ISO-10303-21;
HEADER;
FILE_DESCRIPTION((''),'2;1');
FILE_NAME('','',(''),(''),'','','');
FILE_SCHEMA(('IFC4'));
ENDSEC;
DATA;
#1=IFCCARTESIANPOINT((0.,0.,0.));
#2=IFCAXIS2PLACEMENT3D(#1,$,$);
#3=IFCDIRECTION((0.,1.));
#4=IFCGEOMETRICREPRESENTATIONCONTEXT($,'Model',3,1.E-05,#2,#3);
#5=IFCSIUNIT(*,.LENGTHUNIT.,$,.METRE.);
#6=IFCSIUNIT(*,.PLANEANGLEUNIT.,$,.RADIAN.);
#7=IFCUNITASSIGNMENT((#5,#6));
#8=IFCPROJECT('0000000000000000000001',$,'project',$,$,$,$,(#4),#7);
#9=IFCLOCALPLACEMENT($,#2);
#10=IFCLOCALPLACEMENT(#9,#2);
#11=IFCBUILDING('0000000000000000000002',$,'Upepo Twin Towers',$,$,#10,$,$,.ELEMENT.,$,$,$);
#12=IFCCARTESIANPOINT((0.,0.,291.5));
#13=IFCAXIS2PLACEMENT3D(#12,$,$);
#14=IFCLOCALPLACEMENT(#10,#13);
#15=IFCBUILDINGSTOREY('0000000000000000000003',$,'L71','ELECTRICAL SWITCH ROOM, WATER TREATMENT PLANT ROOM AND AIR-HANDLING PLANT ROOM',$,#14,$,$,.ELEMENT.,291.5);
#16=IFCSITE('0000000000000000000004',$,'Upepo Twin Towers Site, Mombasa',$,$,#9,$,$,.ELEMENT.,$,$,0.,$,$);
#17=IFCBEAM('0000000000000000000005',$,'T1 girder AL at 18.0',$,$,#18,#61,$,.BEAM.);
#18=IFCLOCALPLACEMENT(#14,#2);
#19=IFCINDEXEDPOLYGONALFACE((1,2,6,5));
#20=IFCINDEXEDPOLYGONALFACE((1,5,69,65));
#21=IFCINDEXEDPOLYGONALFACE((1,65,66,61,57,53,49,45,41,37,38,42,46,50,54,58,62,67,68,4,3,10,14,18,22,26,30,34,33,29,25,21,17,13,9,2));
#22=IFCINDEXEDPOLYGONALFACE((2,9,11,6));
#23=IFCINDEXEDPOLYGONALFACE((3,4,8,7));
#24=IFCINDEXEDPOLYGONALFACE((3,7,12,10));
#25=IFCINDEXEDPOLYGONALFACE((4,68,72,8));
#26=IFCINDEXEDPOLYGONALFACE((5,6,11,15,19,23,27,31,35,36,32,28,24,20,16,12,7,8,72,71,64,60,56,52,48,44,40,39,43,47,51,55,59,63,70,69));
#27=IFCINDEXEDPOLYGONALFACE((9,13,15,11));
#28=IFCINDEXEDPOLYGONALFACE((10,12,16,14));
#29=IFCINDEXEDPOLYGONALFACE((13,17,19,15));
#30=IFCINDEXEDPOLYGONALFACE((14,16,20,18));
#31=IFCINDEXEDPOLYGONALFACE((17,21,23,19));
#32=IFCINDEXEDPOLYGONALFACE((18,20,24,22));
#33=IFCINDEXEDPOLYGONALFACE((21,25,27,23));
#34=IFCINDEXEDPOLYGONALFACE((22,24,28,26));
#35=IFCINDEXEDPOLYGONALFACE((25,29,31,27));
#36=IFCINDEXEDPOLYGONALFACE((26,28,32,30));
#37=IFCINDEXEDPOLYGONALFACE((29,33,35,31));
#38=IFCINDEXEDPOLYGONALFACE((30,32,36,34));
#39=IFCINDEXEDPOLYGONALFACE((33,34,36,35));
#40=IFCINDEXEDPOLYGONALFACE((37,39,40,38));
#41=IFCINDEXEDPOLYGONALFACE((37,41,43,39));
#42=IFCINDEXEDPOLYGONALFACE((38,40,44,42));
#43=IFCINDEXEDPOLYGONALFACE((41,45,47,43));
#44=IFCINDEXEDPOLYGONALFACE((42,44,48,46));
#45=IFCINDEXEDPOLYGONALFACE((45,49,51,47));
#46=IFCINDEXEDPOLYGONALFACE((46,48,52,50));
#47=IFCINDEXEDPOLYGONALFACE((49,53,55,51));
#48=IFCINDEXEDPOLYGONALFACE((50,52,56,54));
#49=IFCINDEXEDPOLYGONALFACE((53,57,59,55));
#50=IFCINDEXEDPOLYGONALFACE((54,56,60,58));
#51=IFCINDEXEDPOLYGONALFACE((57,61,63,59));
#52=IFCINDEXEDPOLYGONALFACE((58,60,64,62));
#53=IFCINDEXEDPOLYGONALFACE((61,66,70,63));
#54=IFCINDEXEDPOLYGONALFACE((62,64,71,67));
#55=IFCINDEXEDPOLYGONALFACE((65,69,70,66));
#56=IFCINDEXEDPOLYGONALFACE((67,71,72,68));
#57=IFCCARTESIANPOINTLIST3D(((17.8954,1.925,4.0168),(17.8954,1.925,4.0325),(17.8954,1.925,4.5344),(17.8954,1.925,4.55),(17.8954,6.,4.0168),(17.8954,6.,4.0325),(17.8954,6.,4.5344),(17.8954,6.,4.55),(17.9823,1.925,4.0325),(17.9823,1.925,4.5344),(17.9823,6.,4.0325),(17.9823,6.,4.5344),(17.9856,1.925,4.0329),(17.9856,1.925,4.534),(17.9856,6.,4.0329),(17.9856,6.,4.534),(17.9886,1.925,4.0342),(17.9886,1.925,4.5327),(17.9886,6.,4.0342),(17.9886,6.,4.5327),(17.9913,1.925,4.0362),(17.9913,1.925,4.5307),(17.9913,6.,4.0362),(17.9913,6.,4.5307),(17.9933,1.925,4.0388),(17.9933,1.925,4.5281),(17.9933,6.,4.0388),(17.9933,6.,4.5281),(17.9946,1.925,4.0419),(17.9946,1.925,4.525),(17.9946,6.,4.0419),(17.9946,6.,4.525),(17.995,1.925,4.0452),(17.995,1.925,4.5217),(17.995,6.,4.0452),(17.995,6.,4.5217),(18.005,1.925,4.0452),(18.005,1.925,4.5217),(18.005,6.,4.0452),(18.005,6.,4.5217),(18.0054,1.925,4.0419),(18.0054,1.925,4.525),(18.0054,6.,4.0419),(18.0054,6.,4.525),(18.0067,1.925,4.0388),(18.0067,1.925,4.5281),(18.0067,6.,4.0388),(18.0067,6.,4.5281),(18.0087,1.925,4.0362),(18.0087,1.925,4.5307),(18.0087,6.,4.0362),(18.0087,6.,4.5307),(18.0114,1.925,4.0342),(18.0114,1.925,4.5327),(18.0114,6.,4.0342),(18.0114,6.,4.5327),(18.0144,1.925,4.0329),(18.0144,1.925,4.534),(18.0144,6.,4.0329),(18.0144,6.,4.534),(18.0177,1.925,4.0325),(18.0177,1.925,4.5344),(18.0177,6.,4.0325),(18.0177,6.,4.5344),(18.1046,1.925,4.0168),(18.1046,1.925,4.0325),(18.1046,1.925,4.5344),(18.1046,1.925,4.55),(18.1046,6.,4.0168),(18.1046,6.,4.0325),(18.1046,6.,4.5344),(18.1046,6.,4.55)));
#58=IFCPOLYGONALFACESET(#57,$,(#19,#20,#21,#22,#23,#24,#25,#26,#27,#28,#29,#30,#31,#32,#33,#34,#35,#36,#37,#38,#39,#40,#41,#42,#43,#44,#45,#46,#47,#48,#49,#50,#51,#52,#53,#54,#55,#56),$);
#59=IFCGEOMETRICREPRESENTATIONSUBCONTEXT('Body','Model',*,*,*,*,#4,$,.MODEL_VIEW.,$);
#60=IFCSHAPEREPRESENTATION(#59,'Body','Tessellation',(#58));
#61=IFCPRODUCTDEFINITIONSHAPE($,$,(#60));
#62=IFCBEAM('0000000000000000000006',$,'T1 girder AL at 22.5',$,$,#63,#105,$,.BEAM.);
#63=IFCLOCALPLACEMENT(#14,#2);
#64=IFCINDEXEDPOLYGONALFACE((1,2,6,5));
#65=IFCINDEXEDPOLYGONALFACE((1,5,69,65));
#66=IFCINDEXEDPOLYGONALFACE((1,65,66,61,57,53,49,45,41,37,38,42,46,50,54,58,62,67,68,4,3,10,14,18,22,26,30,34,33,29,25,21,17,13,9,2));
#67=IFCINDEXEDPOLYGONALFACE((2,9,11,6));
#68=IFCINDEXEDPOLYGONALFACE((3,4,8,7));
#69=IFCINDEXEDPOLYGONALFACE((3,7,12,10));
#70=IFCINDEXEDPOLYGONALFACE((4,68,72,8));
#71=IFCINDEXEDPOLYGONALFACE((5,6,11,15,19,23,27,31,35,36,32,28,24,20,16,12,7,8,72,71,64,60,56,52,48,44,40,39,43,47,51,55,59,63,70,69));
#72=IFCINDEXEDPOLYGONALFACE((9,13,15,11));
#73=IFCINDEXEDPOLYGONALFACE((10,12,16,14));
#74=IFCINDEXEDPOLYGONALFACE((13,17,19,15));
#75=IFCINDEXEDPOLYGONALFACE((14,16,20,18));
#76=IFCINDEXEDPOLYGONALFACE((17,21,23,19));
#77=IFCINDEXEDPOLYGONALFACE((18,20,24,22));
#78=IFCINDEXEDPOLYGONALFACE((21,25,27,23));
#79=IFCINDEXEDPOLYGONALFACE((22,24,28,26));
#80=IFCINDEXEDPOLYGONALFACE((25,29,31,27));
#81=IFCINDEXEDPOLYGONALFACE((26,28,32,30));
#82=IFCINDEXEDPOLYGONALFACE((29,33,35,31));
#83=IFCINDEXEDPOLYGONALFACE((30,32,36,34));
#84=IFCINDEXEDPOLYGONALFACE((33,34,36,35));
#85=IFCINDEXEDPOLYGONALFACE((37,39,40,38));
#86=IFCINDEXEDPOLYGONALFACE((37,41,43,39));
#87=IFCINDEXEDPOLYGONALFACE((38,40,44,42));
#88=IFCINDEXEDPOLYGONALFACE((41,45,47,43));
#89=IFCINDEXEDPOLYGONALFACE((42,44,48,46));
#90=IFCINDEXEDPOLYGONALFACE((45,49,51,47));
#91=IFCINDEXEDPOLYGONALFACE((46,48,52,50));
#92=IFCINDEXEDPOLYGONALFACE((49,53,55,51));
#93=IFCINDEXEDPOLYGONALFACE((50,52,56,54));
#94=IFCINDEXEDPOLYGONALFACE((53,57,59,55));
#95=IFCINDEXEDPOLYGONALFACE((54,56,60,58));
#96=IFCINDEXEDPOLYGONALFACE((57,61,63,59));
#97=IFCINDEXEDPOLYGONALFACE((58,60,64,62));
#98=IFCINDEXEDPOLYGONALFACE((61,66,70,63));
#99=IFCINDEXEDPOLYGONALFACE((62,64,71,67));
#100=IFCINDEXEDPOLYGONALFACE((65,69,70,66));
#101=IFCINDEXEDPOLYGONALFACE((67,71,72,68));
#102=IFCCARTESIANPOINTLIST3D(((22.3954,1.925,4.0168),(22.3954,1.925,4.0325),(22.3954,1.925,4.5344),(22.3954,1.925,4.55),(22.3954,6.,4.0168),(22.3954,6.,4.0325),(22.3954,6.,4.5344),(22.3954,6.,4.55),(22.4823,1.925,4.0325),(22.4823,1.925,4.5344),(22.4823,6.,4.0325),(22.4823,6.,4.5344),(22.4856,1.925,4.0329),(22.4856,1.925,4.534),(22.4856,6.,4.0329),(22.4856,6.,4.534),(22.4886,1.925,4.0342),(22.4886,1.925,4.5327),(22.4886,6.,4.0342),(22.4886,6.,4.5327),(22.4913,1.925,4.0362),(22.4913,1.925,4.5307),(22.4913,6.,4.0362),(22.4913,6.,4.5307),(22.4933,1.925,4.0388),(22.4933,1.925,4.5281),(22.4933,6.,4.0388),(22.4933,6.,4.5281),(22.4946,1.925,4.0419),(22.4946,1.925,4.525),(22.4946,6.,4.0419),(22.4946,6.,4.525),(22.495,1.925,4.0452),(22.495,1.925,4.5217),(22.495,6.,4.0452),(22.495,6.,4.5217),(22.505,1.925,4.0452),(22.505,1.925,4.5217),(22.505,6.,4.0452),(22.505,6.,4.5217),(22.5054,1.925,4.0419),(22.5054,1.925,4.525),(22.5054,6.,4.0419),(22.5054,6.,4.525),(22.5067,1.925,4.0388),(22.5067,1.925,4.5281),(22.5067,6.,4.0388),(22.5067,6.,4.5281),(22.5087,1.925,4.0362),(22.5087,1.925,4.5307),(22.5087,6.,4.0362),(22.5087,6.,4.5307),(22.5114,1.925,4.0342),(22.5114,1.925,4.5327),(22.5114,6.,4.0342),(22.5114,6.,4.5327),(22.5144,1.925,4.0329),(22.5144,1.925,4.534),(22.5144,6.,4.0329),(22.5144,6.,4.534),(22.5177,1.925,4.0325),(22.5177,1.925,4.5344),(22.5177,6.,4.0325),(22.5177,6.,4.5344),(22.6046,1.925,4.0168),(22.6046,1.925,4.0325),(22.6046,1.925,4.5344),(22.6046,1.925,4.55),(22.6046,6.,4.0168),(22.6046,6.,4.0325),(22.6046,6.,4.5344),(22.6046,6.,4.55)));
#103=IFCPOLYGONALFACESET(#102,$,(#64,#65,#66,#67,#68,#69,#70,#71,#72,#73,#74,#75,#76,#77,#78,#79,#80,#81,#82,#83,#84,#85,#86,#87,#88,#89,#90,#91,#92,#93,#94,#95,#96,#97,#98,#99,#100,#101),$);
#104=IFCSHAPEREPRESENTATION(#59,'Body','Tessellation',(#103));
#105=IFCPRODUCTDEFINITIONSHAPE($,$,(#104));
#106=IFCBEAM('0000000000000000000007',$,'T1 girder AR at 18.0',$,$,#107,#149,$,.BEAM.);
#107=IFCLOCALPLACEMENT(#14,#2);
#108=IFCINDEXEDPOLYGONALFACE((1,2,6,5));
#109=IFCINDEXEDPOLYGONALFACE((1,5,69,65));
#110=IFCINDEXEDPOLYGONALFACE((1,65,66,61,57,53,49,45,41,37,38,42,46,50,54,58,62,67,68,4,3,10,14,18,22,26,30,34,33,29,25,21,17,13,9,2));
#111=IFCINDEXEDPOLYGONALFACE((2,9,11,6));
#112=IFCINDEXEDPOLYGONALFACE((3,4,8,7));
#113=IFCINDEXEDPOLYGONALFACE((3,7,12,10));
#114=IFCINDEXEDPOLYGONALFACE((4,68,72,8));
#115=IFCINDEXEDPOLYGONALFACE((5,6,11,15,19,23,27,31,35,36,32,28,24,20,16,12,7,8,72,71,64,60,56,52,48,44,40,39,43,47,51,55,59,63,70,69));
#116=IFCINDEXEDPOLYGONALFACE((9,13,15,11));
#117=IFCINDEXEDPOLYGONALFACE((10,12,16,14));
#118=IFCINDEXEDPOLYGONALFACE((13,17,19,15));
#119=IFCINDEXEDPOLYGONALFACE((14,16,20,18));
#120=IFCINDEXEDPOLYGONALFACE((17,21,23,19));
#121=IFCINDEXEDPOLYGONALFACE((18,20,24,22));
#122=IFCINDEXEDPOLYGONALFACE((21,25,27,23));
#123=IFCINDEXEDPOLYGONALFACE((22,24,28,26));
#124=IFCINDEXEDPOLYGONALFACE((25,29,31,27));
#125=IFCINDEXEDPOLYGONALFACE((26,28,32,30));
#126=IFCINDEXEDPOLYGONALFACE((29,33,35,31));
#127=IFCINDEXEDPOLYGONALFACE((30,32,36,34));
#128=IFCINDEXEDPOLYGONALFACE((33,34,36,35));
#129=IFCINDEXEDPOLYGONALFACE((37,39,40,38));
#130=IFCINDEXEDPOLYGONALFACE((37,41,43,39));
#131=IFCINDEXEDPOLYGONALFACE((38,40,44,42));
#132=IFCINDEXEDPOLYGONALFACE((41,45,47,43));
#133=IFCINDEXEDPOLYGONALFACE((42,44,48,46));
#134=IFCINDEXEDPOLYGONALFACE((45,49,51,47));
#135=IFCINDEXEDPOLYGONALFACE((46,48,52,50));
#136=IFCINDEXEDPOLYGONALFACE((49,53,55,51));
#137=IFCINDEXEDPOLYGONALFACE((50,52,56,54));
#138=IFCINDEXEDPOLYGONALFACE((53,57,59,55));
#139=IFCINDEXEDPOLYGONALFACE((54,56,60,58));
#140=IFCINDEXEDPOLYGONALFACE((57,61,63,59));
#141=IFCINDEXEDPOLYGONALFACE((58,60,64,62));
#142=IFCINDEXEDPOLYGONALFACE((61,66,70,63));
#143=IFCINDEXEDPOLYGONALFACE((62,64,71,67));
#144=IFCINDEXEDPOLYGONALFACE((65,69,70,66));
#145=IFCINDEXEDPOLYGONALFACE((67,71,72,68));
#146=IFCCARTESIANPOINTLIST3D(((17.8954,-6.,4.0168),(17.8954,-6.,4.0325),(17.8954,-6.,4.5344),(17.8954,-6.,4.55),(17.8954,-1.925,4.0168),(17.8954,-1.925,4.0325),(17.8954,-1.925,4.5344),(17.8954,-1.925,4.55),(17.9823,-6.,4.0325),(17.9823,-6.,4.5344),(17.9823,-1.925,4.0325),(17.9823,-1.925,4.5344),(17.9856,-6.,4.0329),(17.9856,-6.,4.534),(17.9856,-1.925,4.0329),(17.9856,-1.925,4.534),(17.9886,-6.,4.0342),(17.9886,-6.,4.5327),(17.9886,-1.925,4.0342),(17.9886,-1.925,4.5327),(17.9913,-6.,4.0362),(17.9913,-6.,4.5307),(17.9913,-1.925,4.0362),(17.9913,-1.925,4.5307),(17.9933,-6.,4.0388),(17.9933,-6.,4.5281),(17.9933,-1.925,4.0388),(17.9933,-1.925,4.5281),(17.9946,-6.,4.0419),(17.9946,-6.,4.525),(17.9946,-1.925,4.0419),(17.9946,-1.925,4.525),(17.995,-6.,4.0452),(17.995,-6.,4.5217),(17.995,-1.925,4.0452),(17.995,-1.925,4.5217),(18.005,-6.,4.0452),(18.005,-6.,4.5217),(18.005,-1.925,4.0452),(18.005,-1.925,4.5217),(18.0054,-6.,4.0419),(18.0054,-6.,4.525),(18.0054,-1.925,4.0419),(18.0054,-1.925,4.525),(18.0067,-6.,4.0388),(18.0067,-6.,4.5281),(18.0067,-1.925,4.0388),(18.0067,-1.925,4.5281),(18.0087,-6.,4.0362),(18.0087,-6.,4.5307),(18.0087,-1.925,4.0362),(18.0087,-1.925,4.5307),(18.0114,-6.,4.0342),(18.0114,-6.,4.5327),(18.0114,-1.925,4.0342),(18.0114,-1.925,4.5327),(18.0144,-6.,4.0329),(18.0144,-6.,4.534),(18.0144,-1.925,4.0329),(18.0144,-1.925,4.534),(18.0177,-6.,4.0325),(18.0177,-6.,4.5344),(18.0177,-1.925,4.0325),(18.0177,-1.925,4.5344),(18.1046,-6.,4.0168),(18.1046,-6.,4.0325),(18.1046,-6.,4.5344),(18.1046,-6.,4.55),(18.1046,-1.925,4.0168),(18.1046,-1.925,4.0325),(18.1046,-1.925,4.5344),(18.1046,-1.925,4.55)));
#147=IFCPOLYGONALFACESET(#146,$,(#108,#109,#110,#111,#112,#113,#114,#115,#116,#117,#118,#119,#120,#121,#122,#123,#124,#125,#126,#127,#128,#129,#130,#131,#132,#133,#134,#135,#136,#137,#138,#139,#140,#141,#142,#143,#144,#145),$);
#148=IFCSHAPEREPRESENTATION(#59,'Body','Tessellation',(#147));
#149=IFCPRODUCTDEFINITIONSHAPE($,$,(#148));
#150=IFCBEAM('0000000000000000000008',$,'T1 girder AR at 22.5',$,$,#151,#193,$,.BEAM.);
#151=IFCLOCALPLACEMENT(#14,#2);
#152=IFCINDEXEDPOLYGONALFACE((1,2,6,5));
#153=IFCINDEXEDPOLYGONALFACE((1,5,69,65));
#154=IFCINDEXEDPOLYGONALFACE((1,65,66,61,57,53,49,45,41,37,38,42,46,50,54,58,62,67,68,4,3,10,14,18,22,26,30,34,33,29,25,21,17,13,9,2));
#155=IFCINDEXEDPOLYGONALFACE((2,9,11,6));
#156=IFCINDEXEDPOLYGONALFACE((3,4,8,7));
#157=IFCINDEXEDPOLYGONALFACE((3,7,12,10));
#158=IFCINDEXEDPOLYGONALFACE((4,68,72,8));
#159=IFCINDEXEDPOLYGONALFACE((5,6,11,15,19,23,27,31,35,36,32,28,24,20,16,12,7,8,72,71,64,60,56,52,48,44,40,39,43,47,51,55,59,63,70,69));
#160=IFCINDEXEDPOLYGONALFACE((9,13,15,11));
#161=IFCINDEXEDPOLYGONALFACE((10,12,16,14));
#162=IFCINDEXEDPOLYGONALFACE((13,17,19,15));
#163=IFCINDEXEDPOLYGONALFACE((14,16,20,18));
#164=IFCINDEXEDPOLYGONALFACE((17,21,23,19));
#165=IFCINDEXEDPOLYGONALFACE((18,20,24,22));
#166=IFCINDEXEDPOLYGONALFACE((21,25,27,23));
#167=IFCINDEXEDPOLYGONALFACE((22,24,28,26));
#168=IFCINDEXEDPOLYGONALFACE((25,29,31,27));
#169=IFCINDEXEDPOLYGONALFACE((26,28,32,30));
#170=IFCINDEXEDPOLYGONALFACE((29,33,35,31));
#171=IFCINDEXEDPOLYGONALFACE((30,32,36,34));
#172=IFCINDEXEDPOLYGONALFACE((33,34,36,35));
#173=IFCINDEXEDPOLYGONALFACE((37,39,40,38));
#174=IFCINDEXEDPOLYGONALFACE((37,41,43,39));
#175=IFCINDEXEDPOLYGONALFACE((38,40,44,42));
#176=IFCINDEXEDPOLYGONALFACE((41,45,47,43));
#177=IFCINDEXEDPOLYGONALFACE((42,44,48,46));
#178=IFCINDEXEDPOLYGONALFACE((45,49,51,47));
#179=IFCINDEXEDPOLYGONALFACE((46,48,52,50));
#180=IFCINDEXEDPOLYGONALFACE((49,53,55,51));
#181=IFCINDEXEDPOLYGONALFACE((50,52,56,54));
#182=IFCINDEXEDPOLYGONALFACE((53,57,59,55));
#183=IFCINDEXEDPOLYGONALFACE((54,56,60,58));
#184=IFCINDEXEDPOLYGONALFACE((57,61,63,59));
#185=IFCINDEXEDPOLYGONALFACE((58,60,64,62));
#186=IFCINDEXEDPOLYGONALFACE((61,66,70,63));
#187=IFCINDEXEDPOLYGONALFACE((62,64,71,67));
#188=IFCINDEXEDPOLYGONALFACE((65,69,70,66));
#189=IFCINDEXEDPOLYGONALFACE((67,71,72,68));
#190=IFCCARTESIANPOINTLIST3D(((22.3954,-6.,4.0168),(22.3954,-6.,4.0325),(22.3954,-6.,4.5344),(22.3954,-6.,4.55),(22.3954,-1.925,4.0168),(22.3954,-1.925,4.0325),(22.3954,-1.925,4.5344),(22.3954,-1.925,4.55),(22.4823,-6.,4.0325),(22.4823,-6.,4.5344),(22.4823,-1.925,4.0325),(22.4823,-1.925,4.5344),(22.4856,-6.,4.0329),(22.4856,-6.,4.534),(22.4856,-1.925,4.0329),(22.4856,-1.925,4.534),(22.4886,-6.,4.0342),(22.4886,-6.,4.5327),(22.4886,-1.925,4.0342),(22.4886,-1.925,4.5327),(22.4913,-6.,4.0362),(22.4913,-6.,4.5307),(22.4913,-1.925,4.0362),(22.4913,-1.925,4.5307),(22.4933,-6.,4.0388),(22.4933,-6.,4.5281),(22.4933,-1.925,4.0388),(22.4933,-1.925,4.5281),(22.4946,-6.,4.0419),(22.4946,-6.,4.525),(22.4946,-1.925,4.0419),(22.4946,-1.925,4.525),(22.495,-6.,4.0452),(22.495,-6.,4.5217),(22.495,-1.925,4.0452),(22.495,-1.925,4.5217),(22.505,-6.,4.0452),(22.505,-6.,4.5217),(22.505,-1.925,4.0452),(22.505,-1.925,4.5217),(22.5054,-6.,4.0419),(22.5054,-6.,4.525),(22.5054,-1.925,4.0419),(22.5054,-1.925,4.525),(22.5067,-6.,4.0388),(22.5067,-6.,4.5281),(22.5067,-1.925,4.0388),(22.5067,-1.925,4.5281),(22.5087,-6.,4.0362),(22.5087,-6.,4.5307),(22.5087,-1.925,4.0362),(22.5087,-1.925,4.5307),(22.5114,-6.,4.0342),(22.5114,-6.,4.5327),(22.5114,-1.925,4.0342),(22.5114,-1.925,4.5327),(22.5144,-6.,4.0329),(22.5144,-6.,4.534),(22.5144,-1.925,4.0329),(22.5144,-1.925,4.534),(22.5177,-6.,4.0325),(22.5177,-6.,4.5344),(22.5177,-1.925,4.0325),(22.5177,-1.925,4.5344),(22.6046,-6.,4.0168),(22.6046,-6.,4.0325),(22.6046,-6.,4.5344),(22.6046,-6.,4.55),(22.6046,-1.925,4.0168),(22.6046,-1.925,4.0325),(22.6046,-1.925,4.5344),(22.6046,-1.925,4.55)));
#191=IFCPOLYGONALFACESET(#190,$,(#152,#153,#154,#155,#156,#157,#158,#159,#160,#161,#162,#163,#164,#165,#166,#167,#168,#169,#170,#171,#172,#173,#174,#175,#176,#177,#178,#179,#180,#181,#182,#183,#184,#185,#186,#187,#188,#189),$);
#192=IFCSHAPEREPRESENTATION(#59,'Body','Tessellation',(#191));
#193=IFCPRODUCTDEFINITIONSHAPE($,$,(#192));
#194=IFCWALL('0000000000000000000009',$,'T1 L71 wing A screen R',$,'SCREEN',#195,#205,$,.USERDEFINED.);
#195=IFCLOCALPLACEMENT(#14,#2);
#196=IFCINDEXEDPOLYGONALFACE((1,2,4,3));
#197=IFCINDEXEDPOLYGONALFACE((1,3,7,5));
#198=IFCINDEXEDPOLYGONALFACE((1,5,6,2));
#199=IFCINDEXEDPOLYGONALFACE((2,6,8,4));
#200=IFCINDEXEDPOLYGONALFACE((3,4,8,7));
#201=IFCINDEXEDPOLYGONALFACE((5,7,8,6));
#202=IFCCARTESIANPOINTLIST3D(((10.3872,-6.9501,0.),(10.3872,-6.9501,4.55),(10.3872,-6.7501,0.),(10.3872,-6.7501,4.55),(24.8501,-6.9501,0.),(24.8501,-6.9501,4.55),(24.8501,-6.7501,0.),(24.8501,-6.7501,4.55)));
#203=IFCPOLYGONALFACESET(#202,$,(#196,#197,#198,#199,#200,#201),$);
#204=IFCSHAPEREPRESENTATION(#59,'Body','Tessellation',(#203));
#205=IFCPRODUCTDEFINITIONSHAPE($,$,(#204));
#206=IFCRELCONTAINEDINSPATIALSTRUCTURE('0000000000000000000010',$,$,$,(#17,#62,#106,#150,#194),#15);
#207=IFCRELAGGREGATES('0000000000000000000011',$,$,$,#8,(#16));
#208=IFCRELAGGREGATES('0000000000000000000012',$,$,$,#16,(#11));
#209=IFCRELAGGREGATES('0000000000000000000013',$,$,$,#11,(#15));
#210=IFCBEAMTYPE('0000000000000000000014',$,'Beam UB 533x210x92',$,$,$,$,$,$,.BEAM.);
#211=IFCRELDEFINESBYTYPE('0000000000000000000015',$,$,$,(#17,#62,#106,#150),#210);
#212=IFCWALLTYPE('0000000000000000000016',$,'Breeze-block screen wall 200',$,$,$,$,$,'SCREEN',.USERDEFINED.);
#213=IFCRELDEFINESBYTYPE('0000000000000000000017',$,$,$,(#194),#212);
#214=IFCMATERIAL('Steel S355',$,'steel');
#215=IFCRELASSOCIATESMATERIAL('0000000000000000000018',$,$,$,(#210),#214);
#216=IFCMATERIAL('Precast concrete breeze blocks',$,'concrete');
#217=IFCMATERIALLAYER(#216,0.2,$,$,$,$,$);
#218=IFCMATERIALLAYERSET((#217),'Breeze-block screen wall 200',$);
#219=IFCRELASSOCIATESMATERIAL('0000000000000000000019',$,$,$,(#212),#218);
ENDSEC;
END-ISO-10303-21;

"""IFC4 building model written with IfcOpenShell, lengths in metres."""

from ifc_helpers import new_model, si_unit, direction, frame, frame_2d, origin, origin_2d, place, context, subcontext, project, spatial, rectangle, i_section, extrude, material, layer, layer_set, material_profile, profile_set, type_object, element, save


model = new_model("IFC4")

# Units and contexts
model_context = context("Model", 3, precision=1e-05, world=origin(), true_north=direction((0.0, 1.0)))
body_context = subcontext(model_context, "Body", "Model", "MODEL_VIEW")
ifc_project = project(units=[si_unit("LENGTHUNIT", "METRE"), si_unit("PLANEANGLEUNIT", "RADIAN")], contexts=[model_context])

# Site, building, storey
site_placement = place(None, origin())
site = spatial("IfcSite", under=ifc_project, at=site_placement, Name="Upepo Twin Towers Site, Mombasa", CompositionType="ELEMENT", RefElevation=0.0)
building_placement = place(site_placement, origin())
building = spatial("IfcBuilding", under=site, at=building_placement, Name="Upepo Twin Towers", CompositionType="ELEMENT")
storey_placement = place(building_placement, frame((0.0, 0.0, 291.5)))
storey = spatial("IfcBuildingStorey", under=building, at=storey_placement, Name="L71", Description="ELECTRICAL SWITCH ROOM, WATER TREATMENT PLANT ROOM AND AIR-HANDLING PLANT ROOM", CompositionType="ELEMENT", Elevation=291.5)

# Beams
ifc_material_1 = material(Name="Steel S355", Category="steel")
ifc_material_profile_1 = material_profile(ifc_material_1, i_section(OverallWidth=0.2092, OverallDepth=0.5332, WebThickness=0.01, FlangeThickness=0.0156, FilletRadius=0.0127, at=origin_2d()), Name="UB 533x210x92")
ifc_profile_set_1 = profile_set([ifc_material_profile_1], Name="Steel S355")
beam_type_1 = type_object("IfcBeamType", Name="Beam UB 533x210x92", PredefinedType="BEAM", material=ifc_profile_set_1)
for number, where, z_axis, x_axis, name in (
    (1, (18.0, 6.0, 4.2834), (0.0, -1.0, 0.0), (1.0, 0.0, 0.0), "T1 girder AL at 18.0"),
    (2, (22.5, 6.0, 4.2834), (0.0, -1.0, 0.0), (1.0, 0.0, 0.0), "T1 girder AL at 22.5"),
    (3, (18.0, -6.0, 4.2834), (0.0, 1.0, 0.0), (-1.0, 0.0, 0.0), "T1 girder AR at 18.0"),
    (4, (22.5, -6.0, 4.2834), (0.0, 1.0, 0.0), (-1.0, 0.0, 0.0), "T1 girder AR at 22.5"),
):
    element("IfcBeam", number, at=place(storey_placement, frame(where, z_axis=z_axis, x_axis=x_axis)), inside=storey, type_object=beam_type_1, Name=name, PredefinedType="BEAM", context=body_context, shape_type="SweptSolid", body=[
        extrude(i_section(OverallWidth=0.2092, OverallDepth=0.5332, WebThickness=0.01, FlangeThickness=0.0156, FilletRadius=0.0127, at=origin_2d()), origin(), (0.0, 0.0, 1.0), 4.075),
    ])

# Wall
ifc_material_2 = material(Name="Precast concrete breeze blocks", Category="concrete")
ifc_layer_1 = layer(ifc_material_2, 0.2)
ifc_layer_set_1 = layer_set([ifc_layer_1], Name="Breeze-block screen wall 200")
wall_type_1 = type_object("IfcWallType", Name="Breeze-block screen wall 200", ElementType="SCREEN", PredefinedType="USERDEFINED", material=ifc_layer_set_1)
wall_1_placement = place(storey_placement, frame((24.8501, -6.8501, 0.0), z_axis=(0.0, 0.0, 1.0), x_axis=(-1.0, 0.0, 0.0)))
element("IfcWall", 5, at=wall_1_placement, inside=storey, type_object=wall_type_1, Name="T1 L71 wing A screen R", ObjectType="SCREEN", PredefinedType="USERDEFINED", context=body_context, shape_type="SweptSolid", body=[
    extrude(rectangle(XDim=14.4629, YDim=0.2, at=frame_2d((7.2314, 0.0))), origin(), (0.0, 0.0, 1.0), 4.55),
])

save(model, "model.ifc")
